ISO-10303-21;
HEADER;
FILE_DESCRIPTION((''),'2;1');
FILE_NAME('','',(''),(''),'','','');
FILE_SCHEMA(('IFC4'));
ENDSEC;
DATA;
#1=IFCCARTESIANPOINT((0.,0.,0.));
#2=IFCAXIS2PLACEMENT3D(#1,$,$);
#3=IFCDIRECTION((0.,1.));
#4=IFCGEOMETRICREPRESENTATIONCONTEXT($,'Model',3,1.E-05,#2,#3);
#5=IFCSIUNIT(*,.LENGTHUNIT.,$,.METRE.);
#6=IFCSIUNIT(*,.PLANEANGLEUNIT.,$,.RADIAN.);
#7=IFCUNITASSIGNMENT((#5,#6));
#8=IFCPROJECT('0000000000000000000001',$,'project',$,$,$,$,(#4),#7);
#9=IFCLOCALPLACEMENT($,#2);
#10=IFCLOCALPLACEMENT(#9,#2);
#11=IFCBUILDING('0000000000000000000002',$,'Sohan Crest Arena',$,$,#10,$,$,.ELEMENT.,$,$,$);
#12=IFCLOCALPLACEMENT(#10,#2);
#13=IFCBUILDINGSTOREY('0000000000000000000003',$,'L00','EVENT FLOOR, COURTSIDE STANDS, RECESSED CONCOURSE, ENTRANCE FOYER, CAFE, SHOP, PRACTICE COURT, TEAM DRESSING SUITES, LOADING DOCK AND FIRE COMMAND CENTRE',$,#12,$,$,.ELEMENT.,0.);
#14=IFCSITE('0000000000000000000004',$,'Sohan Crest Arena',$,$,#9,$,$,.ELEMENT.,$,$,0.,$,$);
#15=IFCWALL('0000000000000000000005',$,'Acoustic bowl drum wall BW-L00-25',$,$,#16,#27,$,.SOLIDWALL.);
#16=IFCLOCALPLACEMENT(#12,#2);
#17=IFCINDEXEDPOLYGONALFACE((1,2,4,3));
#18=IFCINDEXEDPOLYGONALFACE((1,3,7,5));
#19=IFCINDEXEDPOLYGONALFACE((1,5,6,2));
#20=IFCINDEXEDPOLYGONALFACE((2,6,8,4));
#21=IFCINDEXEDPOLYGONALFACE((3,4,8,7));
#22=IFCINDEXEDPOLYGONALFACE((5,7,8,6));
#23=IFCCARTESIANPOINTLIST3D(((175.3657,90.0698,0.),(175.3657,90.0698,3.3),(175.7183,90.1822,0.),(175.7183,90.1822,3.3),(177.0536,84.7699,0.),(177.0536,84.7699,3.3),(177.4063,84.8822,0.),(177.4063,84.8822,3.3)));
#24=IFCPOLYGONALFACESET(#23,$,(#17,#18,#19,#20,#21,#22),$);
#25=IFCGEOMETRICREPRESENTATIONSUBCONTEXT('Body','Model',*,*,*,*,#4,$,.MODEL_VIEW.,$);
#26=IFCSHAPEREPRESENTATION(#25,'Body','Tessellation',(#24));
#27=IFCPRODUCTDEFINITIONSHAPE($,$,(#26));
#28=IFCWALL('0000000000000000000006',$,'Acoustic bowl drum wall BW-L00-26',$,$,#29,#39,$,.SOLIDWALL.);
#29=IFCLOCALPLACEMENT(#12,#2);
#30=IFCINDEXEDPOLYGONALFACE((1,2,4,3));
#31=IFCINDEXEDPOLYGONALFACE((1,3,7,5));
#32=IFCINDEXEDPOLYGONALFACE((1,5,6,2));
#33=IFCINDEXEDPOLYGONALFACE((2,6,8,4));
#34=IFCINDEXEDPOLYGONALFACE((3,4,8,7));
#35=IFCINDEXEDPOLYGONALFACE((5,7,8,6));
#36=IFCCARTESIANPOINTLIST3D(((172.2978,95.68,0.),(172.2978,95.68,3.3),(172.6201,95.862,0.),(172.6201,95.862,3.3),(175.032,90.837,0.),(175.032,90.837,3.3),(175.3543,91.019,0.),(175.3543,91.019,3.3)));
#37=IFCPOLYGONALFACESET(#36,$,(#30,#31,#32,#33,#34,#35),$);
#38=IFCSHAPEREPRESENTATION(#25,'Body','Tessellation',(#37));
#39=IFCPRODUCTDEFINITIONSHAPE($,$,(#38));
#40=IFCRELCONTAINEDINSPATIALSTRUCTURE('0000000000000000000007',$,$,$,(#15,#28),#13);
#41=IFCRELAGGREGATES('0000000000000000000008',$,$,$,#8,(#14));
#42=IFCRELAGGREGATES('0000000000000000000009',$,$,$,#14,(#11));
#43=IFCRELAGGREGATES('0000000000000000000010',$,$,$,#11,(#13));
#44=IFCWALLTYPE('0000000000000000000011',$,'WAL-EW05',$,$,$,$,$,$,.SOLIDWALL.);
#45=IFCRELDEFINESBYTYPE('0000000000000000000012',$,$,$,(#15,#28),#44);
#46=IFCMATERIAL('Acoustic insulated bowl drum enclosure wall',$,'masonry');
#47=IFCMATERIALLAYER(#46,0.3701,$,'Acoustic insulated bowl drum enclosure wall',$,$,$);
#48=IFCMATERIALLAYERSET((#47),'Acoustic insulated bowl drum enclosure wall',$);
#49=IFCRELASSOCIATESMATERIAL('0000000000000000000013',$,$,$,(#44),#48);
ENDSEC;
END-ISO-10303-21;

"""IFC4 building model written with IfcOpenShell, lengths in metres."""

from ifc_helpers import new_model, si_unit, direction, frame, frame_2d, origin, place, context, subcontext, project, spatial, rectangle, extrude, material, layer, layer_set, type_object, element, save


model = new_model("IFC4")

# Units and contexts
model_context = context("Model", 3, precision=1e-05, world=origin(), true_north=direction((0.0, 1.0)))
body_context = subcontext(model_context, "Body", "Model", "MODEL_VIEW")
ifc_project = project(units=[si_unit("LENGTHUNIT", "METRE"), si_unit("PLANEANGLEUNIT", "RADIAN")], contexts=[model_context])

# Site, building, storey
site_placement = place(None, origin())
site = spatial("IfcSite", under=ifc_project, at=site_placement, Name="Sohan Crest Arena", CompositionType="ELEMENT", RefElevation=0.0)
building_placement = place(site_placement, origin())
building = spatial("IfcBuilding", under=site, at=building_placement, Name="Sohan Crest Arena", CompositionType="ELEMENT")
storey_placement = place(building_placement, origin())
storey = spatial("IfcBuildingStorey", under=building, at=storey_placement, Name="L00", Description="EVENT FLOOR, COURTSIDE STANDS, RECESSED CONCOURSE, ENTRANCE FOYER, CAFE, SHOP, PRACTICE COURT, TEAM DRESSING SUITES, LOADING DOCK AND FIRE COMMAND CENTRE", CompositionType="ELEMENT", Elevation=0.0)

# Walls
ifc_material_1 = material(Name="Acoustic insulated bowl drum enclosure wall", Category="masonry")
ifc_layer_1 = layer(ifc_material_1, 0.3701, Name="Acoustic insulated bowl drum enclosure wall")
ifc_layer_set_1 = layer_set([ifc_layer_1], Name="Acoustic insulated bowl drum enclosure wall")
wall_type = type_object("IfcWallType", Name="WAL-EW05", PredefinedType="SOLIDWALL", material=ifc_layer_set_1)
wall_1_placement = place(storey_placement, frame((177.23, 84.8259, 0.0), z_axis=(0.0, 0.0, 1.0), x_axis=(-0.303466, 0.952842, 0.0)))
element("IfcWall", 1, at=wall_1_placement, inside=storey, type_object=wall_type, Name="Acoustic bowl drum wall BW-L00-25", PredefinedType="SOLIDWALL", context=body_context, shape_type="SweptSolid", body=[
    extrude(rectangle(XDim=5.5623, YDim=0.3701, at=frame_2d((2.7812, 0.0))), origin(), (0.0, 0.0, 1.0), 3.3),
])
wall_2_placement = place(storey_placement, frame((175.1931, 90.928, 0.0), z_axis=(0.0, 0.0, 1.0), x_axis=(-0.491617, 0.870811, 0.0)))
element("IfcWall", 2, at=wall_2_placement, inside=storey, type_object=wall_type, Name="Acoustic bowl drum wall BW-L00-26", PredefinedType="SOLIDWALL", context=body_context, shape_type="SweptSolid", body=[
    extrude(rectangle(XDim=5.5615, YDim=0.3701, at=frame_2d((2.7808, 0.0))), origin(), (0.0, 0.0, 1.0), 3.3),
])

save(model, "model.ifc")
